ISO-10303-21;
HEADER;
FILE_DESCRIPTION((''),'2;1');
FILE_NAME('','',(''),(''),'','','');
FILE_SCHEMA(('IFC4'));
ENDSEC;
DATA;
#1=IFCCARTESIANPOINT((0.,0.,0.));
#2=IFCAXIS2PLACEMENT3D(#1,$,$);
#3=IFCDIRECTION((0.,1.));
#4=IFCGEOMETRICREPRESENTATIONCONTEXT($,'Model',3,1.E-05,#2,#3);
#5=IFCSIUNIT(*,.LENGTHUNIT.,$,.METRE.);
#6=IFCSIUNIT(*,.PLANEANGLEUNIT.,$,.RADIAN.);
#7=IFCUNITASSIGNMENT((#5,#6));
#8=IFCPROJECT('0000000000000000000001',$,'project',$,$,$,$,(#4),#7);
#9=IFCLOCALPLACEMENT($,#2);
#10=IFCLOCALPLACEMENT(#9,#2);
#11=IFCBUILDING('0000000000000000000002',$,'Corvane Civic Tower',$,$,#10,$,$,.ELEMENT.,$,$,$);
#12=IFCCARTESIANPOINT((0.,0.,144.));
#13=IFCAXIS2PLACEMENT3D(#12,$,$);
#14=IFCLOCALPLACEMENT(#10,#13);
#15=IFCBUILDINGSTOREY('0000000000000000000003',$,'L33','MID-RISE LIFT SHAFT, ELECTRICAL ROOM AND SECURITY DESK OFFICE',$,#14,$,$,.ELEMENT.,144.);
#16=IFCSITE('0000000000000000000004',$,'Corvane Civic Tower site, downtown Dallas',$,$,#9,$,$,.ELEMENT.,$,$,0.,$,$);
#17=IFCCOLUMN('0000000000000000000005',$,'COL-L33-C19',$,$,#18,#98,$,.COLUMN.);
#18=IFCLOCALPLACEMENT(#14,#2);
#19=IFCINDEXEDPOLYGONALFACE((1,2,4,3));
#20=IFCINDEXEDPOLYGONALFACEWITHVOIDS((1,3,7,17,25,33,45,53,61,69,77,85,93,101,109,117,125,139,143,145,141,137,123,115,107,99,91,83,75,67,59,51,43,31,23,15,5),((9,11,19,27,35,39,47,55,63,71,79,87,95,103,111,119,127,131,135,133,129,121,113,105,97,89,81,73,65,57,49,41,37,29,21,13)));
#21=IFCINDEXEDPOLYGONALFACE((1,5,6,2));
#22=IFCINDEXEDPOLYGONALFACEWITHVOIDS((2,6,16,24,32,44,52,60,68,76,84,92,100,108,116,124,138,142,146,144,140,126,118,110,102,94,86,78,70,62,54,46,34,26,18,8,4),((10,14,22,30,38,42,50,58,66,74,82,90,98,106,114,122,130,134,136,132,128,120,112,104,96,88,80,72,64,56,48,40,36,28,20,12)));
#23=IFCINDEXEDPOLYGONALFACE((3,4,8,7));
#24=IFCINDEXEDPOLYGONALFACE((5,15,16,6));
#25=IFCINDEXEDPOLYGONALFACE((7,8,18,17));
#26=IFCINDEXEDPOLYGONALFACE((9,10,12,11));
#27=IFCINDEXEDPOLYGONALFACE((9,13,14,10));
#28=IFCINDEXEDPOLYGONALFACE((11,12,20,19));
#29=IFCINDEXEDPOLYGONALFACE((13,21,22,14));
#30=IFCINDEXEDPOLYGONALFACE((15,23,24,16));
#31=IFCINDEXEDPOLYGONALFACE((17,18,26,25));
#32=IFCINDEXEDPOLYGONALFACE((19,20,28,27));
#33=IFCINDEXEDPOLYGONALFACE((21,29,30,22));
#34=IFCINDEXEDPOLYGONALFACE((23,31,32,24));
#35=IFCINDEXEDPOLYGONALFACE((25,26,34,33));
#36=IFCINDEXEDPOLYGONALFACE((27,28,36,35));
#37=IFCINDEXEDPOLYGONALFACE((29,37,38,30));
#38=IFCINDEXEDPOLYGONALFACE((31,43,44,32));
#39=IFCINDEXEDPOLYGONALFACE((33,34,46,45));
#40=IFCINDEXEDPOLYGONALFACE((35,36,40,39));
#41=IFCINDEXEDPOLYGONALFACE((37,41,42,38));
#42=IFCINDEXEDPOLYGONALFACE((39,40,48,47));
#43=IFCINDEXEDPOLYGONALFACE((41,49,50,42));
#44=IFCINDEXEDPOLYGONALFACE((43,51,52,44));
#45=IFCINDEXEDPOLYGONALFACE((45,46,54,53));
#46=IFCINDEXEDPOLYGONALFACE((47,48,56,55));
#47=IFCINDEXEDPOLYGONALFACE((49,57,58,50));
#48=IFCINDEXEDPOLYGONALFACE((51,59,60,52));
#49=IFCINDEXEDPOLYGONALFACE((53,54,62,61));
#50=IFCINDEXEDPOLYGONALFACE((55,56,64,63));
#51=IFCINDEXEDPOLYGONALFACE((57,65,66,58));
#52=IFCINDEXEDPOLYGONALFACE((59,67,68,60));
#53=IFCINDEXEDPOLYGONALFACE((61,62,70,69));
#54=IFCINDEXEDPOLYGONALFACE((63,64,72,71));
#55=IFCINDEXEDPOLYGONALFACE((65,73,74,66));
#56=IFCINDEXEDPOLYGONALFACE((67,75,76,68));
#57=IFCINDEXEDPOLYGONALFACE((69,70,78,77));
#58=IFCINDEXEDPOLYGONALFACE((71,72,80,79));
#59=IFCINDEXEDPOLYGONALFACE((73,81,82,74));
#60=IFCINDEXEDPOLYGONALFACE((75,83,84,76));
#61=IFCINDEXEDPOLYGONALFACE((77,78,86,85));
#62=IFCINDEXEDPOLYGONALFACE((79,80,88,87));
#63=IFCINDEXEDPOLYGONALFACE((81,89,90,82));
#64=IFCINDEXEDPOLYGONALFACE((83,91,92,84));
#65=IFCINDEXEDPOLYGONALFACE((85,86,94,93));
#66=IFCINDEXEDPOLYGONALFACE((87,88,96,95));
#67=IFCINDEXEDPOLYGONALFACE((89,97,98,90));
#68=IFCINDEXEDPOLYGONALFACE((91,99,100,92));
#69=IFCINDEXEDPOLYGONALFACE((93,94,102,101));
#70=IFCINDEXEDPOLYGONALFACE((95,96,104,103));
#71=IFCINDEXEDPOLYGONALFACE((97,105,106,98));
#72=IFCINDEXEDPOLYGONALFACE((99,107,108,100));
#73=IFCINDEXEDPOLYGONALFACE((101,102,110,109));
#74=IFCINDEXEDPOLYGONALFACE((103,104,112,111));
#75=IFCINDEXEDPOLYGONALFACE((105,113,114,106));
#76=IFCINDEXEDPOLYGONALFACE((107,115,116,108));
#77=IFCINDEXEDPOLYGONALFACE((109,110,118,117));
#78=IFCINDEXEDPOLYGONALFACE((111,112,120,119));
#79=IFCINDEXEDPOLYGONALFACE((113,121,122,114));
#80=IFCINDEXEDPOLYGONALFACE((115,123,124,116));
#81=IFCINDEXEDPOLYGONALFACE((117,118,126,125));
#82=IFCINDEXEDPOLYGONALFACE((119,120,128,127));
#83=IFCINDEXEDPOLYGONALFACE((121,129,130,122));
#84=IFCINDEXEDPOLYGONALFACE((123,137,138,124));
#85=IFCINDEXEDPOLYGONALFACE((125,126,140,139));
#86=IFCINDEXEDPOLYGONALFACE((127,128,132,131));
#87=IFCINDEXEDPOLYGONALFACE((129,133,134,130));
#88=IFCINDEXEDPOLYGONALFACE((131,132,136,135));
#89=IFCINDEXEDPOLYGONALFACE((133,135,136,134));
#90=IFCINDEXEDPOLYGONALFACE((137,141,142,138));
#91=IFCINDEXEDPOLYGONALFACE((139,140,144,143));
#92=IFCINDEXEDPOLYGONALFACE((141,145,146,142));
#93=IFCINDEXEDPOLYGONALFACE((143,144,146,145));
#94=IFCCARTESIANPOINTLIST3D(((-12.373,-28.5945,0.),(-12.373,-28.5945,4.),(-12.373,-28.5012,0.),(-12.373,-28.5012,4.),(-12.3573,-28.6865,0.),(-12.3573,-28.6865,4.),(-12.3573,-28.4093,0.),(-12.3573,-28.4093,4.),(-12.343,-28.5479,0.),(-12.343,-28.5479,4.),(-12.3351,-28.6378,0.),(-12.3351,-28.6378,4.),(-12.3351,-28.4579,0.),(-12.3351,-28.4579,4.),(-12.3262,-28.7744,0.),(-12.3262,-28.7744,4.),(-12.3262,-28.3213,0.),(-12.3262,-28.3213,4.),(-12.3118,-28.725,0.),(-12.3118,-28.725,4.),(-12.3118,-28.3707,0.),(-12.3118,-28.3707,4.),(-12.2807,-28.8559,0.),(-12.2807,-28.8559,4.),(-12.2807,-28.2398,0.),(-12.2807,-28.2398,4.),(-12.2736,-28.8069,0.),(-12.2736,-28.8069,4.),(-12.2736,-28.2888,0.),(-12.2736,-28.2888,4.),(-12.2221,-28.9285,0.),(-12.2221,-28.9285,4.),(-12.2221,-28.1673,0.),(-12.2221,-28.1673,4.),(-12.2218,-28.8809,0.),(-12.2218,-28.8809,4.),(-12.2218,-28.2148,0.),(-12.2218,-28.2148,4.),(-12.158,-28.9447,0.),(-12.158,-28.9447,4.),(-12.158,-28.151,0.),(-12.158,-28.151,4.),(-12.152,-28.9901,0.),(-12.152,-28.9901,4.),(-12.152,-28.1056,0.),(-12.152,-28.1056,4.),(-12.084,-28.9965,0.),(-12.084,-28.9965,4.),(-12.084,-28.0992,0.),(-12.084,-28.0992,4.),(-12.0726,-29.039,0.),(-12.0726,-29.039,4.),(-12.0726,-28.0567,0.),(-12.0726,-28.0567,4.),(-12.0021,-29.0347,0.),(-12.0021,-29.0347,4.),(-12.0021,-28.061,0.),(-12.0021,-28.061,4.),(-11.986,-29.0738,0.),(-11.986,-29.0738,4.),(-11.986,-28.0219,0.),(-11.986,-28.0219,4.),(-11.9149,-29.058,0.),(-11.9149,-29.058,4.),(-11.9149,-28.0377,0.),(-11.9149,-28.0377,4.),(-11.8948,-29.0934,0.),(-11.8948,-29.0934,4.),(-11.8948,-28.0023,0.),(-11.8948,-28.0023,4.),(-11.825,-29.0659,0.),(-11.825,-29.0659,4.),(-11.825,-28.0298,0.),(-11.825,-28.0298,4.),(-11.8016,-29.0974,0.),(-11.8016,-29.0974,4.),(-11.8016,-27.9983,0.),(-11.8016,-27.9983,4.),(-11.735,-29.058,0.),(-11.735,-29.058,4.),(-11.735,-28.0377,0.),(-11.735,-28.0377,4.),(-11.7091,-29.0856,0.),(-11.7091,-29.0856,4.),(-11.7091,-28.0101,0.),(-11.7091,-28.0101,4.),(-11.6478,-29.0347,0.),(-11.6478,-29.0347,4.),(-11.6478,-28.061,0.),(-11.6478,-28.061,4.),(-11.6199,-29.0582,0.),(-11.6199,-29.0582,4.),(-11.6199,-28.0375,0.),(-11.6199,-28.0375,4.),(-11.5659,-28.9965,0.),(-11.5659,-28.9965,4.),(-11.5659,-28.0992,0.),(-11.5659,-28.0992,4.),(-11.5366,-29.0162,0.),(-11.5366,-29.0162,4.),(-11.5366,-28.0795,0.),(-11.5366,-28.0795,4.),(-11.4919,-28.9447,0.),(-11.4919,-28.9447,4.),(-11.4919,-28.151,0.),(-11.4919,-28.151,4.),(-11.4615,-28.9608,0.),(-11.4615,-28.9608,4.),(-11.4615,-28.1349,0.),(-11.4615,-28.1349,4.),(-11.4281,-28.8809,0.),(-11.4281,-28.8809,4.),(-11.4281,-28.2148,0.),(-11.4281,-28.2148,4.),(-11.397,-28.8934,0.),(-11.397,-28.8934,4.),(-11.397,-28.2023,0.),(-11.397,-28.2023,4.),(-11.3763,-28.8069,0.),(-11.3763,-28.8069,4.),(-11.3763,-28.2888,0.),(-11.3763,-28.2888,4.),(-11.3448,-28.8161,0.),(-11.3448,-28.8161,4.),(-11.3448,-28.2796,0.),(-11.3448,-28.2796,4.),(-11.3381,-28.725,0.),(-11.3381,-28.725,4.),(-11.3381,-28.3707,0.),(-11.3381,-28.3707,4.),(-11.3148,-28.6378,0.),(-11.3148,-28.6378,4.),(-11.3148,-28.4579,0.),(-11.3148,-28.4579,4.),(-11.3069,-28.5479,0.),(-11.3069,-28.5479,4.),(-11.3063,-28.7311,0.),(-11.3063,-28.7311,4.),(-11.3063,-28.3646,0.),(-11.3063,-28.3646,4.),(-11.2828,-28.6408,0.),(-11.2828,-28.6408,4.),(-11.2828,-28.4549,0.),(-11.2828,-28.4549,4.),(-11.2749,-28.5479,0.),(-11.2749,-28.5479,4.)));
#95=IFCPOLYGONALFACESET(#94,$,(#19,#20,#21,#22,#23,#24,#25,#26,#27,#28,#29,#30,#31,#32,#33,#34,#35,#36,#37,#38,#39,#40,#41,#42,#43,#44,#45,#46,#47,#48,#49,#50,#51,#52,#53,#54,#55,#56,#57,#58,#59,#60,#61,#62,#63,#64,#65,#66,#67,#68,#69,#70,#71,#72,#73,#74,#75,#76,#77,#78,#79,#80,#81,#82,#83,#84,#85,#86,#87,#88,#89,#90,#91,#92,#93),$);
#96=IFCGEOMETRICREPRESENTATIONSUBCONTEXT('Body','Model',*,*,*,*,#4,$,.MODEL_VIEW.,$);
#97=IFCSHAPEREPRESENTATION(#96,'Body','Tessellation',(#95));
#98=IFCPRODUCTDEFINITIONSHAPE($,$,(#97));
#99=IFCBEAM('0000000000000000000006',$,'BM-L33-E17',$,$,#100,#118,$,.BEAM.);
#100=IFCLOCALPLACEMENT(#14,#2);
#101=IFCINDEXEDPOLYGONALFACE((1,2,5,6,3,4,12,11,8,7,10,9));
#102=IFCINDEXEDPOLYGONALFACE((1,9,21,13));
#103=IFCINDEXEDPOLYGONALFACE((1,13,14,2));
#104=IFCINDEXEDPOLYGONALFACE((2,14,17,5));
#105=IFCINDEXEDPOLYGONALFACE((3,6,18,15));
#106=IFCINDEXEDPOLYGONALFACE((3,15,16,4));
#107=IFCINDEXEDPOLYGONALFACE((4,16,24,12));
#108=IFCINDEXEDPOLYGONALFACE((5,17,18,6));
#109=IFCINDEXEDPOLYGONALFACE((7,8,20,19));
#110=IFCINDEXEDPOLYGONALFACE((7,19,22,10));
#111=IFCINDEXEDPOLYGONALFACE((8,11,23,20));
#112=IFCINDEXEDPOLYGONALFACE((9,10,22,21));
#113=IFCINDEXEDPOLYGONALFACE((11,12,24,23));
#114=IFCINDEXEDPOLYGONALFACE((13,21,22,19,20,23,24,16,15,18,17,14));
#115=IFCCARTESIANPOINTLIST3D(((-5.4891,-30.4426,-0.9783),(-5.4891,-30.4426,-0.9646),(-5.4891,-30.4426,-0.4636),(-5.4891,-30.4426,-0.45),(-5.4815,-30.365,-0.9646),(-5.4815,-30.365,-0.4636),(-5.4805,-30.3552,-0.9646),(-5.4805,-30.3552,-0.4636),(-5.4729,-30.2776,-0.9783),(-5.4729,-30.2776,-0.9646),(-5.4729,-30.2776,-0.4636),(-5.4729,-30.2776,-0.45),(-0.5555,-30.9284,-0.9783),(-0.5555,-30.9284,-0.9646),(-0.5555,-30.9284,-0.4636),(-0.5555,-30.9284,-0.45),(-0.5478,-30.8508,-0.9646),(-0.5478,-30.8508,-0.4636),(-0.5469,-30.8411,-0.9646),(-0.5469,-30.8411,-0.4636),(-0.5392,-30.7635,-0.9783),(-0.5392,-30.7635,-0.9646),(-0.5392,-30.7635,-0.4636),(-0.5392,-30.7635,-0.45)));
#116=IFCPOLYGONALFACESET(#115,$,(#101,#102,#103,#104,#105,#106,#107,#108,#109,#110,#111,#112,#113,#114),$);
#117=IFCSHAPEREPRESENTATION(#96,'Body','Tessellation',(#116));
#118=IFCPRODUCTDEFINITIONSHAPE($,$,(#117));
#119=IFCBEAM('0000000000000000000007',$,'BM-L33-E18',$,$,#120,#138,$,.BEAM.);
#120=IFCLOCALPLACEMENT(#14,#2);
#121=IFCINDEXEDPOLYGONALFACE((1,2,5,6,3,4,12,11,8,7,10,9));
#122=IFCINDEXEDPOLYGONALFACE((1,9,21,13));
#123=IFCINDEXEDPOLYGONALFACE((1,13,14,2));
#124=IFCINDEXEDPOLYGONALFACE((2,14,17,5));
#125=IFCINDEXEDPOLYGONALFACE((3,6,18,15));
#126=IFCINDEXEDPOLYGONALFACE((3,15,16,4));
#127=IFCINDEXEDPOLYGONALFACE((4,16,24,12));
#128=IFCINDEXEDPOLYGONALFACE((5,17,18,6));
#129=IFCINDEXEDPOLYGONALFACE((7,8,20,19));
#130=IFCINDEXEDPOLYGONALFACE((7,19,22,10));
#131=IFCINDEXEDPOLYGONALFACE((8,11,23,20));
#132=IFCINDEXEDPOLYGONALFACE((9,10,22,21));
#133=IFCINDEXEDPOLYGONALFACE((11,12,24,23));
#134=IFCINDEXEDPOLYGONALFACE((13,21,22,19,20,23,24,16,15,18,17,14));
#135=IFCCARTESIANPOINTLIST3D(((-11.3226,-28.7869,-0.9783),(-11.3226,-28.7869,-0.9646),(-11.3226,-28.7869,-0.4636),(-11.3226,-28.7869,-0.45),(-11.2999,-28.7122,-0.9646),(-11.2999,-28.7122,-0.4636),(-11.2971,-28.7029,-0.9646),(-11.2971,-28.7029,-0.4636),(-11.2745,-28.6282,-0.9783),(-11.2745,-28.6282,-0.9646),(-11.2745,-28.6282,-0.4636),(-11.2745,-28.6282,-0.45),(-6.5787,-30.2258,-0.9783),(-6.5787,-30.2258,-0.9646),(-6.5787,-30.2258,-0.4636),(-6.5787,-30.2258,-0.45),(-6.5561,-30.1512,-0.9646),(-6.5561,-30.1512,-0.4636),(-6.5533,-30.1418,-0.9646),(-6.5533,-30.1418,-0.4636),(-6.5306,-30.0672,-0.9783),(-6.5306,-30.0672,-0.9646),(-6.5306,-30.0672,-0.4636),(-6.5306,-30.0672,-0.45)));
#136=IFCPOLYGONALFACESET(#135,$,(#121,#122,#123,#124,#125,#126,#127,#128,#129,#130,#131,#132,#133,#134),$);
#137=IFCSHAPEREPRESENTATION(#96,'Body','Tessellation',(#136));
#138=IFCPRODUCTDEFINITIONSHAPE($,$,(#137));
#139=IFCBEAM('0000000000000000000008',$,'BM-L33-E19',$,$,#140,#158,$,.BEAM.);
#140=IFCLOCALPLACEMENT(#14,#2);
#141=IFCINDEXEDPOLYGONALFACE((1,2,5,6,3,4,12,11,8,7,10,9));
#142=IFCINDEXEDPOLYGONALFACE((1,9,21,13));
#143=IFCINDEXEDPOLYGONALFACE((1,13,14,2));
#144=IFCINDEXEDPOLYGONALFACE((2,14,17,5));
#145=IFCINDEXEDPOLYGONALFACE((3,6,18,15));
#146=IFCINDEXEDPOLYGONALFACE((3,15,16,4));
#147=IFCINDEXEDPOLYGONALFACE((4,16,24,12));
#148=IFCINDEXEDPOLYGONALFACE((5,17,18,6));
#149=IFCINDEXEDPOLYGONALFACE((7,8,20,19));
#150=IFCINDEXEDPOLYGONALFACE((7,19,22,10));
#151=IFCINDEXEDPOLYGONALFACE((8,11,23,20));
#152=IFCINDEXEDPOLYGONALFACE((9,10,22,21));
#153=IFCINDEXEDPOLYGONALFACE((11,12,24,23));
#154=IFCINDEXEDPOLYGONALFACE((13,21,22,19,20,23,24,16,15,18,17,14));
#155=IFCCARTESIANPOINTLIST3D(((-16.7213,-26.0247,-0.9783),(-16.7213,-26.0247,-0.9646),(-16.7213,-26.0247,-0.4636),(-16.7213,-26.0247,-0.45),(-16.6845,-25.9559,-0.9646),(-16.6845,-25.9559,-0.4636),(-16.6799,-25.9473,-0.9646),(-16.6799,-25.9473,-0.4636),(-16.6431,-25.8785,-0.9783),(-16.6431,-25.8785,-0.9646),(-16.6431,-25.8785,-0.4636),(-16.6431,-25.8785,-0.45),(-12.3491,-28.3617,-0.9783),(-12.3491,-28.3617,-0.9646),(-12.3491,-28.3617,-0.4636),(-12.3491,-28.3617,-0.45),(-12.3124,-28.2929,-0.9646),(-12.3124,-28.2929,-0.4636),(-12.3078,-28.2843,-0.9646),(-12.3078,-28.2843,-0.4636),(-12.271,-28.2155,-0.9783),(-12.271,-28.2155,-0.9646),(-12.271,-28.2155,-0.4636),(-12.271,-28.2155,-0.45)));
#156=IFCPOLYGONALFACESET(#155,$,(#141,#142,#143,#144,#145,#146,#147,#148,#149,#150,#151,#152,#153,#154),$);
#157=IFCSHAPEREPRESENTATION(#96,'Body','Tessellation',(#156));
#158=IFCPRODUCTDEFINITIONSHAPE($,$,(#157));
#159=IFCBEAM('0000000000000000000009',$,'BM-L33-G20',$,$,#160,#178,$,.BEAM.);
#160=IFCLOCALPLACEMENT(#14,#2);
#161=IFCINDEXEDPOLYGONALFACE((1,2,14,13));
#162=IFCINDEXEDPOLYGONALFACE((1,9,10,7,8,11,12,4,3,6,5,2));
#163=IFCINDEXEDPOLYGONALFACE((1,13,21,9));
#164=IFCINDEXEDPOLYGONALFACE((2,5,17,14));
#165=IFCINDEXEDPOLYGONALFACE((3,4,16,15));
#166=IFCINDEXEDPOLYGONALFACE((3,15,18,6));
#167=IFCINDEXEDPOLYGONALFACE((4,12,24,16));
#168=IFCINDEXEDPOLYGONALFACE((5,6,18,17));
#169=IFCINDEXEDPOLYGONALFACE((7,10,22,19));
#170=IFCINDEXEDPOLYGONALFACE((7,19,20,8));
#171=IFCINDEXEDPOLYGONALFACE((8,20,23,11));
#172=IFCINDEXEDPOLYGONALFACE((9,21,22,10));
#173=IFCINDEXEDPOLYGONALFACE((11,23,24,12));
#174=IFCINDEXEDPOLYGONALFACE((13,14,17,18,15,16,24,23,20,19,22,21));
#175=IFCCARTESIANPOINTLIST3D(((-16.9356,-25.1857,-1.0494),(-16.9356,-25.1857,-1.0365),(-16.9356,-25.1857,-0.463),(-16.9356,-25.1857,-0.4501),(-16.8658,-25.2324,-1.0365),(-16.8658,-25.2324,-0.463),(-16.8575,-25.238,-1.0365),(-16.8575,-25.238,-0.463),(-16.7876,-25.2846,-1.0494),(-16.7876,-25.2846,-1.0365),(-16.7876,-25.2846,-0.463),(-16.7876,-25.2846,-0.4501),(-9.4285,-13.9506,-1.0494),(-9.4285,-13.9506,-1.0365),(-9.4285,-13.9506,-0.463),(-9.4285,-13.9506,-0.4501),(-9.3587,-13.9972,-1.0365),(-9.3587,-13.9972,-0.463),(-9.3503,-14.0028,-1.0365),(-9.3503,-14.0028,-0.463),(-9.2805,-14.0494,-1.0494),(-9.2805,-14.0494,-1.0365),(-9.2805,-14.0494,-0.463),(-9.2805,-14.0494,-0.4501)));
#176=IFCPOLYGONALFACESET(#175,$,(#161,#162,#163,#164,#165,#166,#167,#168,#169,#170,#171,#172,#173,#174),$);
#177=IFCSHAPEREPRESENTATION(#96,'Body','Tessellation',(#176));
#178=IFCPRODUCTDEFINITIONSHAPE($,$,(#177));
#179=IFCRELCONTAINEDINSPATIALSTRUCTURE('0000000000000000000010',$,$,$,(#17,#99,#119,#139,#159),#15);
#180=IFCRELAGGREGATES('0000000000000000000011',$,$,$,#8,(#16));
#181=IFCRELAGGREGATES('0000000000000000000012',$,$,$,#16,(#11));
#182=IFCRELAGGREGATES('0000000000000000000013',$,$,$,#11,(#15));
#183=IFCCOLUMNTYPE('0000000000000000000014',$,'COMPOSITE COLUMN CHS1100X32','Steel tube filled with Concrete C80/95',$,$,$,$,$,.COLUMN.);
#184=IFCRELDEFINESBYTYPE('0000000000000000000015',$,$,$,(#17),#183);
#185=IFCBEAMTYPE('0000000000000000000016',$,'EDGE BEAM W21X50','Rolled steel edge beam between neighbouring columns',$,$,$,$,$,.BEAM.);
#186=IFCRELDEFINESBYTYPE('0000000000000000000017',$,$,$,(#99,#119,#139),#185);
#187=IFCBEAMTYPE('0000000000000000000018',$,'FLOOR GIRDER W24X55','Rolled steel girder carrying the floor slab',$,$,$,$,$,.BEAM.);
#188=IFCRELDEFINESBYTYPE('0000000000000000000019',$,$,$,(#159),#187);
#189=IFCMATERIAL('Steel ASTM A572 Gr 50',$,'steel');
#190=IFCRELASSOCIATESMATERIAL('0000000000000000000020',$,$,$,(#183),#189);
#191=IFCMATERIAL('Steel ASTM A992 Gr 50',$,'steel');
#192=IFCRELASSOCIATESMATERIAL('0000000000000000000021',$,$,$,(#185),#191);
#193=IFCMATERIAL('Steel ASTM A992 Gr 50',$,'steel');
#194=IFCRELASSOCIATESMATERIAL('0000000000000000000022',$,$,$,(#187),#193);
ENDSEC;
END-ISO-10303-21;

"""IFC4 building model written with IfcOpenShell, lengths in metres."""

from ifc_helpers import new_model, si_unit, direction, frame, origin, origin_2d, place, context, subcontext, project, spatial, hollow_circle, i_section, extrude, material, material_profile, profile_set, type_object, element, save


model = new_model("IFC4")

# Units and contexts
model_context = context("Model", 3, precision=1e-05, world=origin(), true_north=direction((0.0, 1.0)))
body_context = subcontext(model_context, "Body", "Model", "MODEL_VIEW")
ifc_project = project(units=[si_unit("LENGTHUNIT", "METRE"), si_unit("PLANEANGLEUNIT", "RADIAN")], contexts=[model_context])

# Site, building, storey
site_placement = place(None, origin())
site = spatial("IfcSite", under=ifc_project, at=site_placement, Name="Corvane Civic Tower site, downtown Dallas", CompositionType="ELEMENT", RefElevation=0.0)
building_placement = place(site_placement, origin())
building = spatial("IfcBuilding", under=site, at=building_placement, Name="Corvane Civic Tower", CompositionType="ELEMENT")
storey_placement = place(building_placement, frame((0.0, 0.0, 144.0)))
storey = spatial("IfcBuildingStorey", under=building, at=storey_placement, Name="L33", Description="MID-RISE LIFT SHAFT, ELECTRICAL ROOM AND SECURITY DESK OFFICE", CompositionType="ELEMENT", Elevation=144.0)

# Column
ifc_material_1 = material(Name="Steel ASTM A572 Gr 50", Category="steel")
ifc_material_profile_1 = material_profile(ifc_material_1, hollow_circle(Radius=0.55, WallThickness=0.032, at=origin_2d()), Name="CHS1100X32")
ifc_profile_set_1 = profile_set([ifc_material_profile_1], Name="Steel ASTM A572 Gr 50")
column_type = type_object("IfcColumnType", Name="COMPOSITE COLUMN CHS1100X32", Description="Steel tube filled with Concrete C80/95", PredefinedType="COLUMN", material=ifc_profile_set_1)
for number, where, z_axis, x_axis, name in (
    (1, (-11.825, -28.5479, 0.0), (0.0, 0.0, 1.0), (1.0, 0.0, 0.0), "COL-L33-C19"),
):
    element("IfcColumn", number, at=place(storey_placement, frame(where, z_axis=z_axis, x_axis=x_axis)), inside=storey, type_object=column_type, Name=name, PredefinedType="COLUMN", context=body_context, shape_type="SweptSolid", body=[
        extrude(hollow_circle(Radius=0.55, WallThickness=0.032, at=origin_2d()), origin(), (0.0, 0.0, 1.0), 4.0),
    ])

# Beams
ifc_material_2 = material(Name="Steel ASTM A992 Gr 50", Category="steel")
ifc_material_profile_2 = material_profile(ifc_material_2, i_section(OverallWidth=0.1658, OverallDepth=0.5283, WebThickness=0.0098, FlangeThickness=0.0137, at=origin_2d()), Name="W21X50")
ifc_profile_set_2 = profile_set([ifc_material_profile_2], Name="Steel ASTM A992 Gr 50")
beam_type_1 = type_object("IfcBeamType", Name="EDGE BEAM W21X50", Description="Rolled steel edge beam between neighbouring columns", PredefinedType="BEAM", material=ifc_profile_set_2)
beam_1_placement = place(storey_placement, frame((-0.5474, -30.8459, -0.7141), z_axis=(-0.995186, 0.098002, 0.0), x_axis=(-0.098002, -0.995186, 0.0)))
element("IfcBeam", 2, at=beam_1_placement, inside=storey, type_object=beam_type_1, Name="BM-L33-E17", PredefinedType="BEAM", context=body_context, shape_type="SweptSolid", body=[
    extrude(i_section(OverallWidth=0.1658, OverallDepth=0.5283, WebThickness=0.0098, FlangeThickness=0.0137, at=origin_2d()), origin(), (0.0, 0.0, 1.0), 4.9575),
])
beam_2_placement = place(storey_placement, frame((-6.5547, -30.1465, -0.7141), z_axis=(-0.956945, 0.29027, 0.0), x_axis=(-0.29027, -0.956945, 0.0)))
element("IfcBeam", 3, at=beam_2_placement, inside=storey, type_object=beam_type_1, Name="BM-L33-E18", PredefinedType="BEAM", context=body_context, shape_type="SweptSolid", body=[
    extrude(i_section(OverallWidth=0.1658, OverallDepth=0.5283, WebThickness=0.0098, FlangeThickness=0.0137, at=origin_2d()), origin(), (0.0, 0.0, 1.0), 4.9573),
])
beam_3_placement = place(storey_placement, frame((-12.3101, -28.2886, -0.7141), z_axis=(-0.881922, 0.471396, 0.0), x_axis=(-0.471396, -0.881922, 0.0)))
element("IfcBeam", 4, at=beam_3_placement, inside=storey, type_object=beam_type_1, Name="BM-L33-E19", PredefinedType="BEAM", context=body_context, shape_type="SweptSolid", body=[
    extrude(i_section(OverallWidth=0.1658, OverallDepth=0.5283, WebThickness=0.0098, FlangeThickness=0.0137, at=origin_2d()), origin(), (0.0, 0.0, 1.0), 4.9575),
])
ifc_material_3 = material(Name="Steel ASTM A992 Gr 50", Category="steel")
ifc_material_profile_3 = material_profile(ifc_material_3, i_section(OverallWidth=0.178, OverallDepth=0.5994, WebThickness=0.01, FlangeThickness=0.0129, at=origin_2d()), Name="W24X55")
ifc_profile_set_3 = profile_set([ifc_material_profile_3], Name="Steel ASTM A992 Gr 50")
beam_type_2 = type_object("IfcBeamType", Name="FLOOR GIRDER W24X55", Description="Rolled steel girder carrying the floor slab", PredefinedType="BEAM", material=ifc_profile_set_3)
beam_4_placement = place(storey_placement, frame((-9.3545, -14.0, -0.7498), z_axis=(-0.555571, -0.831469, 0.0), x_axis=(0.831469, -0.555571, 0.0)))
element("IfcBeam", 5, at=beam_4_placement, inside=storey, type_object=beam_type_2, Name="BM-L33-G20", PredefinedType="BEAM", context=body_context, shape_type="SweptSolid", body=[
    extrude(i_section(OverallWidth=0.178, OverallDepth=0.5994, WebThickness=0.01, FlangeThickness=0.0129, at=origin_2d()), origin(), (0.0, 0.0, 1.0), 13.5125),
])

save(model, "model.ifc")
